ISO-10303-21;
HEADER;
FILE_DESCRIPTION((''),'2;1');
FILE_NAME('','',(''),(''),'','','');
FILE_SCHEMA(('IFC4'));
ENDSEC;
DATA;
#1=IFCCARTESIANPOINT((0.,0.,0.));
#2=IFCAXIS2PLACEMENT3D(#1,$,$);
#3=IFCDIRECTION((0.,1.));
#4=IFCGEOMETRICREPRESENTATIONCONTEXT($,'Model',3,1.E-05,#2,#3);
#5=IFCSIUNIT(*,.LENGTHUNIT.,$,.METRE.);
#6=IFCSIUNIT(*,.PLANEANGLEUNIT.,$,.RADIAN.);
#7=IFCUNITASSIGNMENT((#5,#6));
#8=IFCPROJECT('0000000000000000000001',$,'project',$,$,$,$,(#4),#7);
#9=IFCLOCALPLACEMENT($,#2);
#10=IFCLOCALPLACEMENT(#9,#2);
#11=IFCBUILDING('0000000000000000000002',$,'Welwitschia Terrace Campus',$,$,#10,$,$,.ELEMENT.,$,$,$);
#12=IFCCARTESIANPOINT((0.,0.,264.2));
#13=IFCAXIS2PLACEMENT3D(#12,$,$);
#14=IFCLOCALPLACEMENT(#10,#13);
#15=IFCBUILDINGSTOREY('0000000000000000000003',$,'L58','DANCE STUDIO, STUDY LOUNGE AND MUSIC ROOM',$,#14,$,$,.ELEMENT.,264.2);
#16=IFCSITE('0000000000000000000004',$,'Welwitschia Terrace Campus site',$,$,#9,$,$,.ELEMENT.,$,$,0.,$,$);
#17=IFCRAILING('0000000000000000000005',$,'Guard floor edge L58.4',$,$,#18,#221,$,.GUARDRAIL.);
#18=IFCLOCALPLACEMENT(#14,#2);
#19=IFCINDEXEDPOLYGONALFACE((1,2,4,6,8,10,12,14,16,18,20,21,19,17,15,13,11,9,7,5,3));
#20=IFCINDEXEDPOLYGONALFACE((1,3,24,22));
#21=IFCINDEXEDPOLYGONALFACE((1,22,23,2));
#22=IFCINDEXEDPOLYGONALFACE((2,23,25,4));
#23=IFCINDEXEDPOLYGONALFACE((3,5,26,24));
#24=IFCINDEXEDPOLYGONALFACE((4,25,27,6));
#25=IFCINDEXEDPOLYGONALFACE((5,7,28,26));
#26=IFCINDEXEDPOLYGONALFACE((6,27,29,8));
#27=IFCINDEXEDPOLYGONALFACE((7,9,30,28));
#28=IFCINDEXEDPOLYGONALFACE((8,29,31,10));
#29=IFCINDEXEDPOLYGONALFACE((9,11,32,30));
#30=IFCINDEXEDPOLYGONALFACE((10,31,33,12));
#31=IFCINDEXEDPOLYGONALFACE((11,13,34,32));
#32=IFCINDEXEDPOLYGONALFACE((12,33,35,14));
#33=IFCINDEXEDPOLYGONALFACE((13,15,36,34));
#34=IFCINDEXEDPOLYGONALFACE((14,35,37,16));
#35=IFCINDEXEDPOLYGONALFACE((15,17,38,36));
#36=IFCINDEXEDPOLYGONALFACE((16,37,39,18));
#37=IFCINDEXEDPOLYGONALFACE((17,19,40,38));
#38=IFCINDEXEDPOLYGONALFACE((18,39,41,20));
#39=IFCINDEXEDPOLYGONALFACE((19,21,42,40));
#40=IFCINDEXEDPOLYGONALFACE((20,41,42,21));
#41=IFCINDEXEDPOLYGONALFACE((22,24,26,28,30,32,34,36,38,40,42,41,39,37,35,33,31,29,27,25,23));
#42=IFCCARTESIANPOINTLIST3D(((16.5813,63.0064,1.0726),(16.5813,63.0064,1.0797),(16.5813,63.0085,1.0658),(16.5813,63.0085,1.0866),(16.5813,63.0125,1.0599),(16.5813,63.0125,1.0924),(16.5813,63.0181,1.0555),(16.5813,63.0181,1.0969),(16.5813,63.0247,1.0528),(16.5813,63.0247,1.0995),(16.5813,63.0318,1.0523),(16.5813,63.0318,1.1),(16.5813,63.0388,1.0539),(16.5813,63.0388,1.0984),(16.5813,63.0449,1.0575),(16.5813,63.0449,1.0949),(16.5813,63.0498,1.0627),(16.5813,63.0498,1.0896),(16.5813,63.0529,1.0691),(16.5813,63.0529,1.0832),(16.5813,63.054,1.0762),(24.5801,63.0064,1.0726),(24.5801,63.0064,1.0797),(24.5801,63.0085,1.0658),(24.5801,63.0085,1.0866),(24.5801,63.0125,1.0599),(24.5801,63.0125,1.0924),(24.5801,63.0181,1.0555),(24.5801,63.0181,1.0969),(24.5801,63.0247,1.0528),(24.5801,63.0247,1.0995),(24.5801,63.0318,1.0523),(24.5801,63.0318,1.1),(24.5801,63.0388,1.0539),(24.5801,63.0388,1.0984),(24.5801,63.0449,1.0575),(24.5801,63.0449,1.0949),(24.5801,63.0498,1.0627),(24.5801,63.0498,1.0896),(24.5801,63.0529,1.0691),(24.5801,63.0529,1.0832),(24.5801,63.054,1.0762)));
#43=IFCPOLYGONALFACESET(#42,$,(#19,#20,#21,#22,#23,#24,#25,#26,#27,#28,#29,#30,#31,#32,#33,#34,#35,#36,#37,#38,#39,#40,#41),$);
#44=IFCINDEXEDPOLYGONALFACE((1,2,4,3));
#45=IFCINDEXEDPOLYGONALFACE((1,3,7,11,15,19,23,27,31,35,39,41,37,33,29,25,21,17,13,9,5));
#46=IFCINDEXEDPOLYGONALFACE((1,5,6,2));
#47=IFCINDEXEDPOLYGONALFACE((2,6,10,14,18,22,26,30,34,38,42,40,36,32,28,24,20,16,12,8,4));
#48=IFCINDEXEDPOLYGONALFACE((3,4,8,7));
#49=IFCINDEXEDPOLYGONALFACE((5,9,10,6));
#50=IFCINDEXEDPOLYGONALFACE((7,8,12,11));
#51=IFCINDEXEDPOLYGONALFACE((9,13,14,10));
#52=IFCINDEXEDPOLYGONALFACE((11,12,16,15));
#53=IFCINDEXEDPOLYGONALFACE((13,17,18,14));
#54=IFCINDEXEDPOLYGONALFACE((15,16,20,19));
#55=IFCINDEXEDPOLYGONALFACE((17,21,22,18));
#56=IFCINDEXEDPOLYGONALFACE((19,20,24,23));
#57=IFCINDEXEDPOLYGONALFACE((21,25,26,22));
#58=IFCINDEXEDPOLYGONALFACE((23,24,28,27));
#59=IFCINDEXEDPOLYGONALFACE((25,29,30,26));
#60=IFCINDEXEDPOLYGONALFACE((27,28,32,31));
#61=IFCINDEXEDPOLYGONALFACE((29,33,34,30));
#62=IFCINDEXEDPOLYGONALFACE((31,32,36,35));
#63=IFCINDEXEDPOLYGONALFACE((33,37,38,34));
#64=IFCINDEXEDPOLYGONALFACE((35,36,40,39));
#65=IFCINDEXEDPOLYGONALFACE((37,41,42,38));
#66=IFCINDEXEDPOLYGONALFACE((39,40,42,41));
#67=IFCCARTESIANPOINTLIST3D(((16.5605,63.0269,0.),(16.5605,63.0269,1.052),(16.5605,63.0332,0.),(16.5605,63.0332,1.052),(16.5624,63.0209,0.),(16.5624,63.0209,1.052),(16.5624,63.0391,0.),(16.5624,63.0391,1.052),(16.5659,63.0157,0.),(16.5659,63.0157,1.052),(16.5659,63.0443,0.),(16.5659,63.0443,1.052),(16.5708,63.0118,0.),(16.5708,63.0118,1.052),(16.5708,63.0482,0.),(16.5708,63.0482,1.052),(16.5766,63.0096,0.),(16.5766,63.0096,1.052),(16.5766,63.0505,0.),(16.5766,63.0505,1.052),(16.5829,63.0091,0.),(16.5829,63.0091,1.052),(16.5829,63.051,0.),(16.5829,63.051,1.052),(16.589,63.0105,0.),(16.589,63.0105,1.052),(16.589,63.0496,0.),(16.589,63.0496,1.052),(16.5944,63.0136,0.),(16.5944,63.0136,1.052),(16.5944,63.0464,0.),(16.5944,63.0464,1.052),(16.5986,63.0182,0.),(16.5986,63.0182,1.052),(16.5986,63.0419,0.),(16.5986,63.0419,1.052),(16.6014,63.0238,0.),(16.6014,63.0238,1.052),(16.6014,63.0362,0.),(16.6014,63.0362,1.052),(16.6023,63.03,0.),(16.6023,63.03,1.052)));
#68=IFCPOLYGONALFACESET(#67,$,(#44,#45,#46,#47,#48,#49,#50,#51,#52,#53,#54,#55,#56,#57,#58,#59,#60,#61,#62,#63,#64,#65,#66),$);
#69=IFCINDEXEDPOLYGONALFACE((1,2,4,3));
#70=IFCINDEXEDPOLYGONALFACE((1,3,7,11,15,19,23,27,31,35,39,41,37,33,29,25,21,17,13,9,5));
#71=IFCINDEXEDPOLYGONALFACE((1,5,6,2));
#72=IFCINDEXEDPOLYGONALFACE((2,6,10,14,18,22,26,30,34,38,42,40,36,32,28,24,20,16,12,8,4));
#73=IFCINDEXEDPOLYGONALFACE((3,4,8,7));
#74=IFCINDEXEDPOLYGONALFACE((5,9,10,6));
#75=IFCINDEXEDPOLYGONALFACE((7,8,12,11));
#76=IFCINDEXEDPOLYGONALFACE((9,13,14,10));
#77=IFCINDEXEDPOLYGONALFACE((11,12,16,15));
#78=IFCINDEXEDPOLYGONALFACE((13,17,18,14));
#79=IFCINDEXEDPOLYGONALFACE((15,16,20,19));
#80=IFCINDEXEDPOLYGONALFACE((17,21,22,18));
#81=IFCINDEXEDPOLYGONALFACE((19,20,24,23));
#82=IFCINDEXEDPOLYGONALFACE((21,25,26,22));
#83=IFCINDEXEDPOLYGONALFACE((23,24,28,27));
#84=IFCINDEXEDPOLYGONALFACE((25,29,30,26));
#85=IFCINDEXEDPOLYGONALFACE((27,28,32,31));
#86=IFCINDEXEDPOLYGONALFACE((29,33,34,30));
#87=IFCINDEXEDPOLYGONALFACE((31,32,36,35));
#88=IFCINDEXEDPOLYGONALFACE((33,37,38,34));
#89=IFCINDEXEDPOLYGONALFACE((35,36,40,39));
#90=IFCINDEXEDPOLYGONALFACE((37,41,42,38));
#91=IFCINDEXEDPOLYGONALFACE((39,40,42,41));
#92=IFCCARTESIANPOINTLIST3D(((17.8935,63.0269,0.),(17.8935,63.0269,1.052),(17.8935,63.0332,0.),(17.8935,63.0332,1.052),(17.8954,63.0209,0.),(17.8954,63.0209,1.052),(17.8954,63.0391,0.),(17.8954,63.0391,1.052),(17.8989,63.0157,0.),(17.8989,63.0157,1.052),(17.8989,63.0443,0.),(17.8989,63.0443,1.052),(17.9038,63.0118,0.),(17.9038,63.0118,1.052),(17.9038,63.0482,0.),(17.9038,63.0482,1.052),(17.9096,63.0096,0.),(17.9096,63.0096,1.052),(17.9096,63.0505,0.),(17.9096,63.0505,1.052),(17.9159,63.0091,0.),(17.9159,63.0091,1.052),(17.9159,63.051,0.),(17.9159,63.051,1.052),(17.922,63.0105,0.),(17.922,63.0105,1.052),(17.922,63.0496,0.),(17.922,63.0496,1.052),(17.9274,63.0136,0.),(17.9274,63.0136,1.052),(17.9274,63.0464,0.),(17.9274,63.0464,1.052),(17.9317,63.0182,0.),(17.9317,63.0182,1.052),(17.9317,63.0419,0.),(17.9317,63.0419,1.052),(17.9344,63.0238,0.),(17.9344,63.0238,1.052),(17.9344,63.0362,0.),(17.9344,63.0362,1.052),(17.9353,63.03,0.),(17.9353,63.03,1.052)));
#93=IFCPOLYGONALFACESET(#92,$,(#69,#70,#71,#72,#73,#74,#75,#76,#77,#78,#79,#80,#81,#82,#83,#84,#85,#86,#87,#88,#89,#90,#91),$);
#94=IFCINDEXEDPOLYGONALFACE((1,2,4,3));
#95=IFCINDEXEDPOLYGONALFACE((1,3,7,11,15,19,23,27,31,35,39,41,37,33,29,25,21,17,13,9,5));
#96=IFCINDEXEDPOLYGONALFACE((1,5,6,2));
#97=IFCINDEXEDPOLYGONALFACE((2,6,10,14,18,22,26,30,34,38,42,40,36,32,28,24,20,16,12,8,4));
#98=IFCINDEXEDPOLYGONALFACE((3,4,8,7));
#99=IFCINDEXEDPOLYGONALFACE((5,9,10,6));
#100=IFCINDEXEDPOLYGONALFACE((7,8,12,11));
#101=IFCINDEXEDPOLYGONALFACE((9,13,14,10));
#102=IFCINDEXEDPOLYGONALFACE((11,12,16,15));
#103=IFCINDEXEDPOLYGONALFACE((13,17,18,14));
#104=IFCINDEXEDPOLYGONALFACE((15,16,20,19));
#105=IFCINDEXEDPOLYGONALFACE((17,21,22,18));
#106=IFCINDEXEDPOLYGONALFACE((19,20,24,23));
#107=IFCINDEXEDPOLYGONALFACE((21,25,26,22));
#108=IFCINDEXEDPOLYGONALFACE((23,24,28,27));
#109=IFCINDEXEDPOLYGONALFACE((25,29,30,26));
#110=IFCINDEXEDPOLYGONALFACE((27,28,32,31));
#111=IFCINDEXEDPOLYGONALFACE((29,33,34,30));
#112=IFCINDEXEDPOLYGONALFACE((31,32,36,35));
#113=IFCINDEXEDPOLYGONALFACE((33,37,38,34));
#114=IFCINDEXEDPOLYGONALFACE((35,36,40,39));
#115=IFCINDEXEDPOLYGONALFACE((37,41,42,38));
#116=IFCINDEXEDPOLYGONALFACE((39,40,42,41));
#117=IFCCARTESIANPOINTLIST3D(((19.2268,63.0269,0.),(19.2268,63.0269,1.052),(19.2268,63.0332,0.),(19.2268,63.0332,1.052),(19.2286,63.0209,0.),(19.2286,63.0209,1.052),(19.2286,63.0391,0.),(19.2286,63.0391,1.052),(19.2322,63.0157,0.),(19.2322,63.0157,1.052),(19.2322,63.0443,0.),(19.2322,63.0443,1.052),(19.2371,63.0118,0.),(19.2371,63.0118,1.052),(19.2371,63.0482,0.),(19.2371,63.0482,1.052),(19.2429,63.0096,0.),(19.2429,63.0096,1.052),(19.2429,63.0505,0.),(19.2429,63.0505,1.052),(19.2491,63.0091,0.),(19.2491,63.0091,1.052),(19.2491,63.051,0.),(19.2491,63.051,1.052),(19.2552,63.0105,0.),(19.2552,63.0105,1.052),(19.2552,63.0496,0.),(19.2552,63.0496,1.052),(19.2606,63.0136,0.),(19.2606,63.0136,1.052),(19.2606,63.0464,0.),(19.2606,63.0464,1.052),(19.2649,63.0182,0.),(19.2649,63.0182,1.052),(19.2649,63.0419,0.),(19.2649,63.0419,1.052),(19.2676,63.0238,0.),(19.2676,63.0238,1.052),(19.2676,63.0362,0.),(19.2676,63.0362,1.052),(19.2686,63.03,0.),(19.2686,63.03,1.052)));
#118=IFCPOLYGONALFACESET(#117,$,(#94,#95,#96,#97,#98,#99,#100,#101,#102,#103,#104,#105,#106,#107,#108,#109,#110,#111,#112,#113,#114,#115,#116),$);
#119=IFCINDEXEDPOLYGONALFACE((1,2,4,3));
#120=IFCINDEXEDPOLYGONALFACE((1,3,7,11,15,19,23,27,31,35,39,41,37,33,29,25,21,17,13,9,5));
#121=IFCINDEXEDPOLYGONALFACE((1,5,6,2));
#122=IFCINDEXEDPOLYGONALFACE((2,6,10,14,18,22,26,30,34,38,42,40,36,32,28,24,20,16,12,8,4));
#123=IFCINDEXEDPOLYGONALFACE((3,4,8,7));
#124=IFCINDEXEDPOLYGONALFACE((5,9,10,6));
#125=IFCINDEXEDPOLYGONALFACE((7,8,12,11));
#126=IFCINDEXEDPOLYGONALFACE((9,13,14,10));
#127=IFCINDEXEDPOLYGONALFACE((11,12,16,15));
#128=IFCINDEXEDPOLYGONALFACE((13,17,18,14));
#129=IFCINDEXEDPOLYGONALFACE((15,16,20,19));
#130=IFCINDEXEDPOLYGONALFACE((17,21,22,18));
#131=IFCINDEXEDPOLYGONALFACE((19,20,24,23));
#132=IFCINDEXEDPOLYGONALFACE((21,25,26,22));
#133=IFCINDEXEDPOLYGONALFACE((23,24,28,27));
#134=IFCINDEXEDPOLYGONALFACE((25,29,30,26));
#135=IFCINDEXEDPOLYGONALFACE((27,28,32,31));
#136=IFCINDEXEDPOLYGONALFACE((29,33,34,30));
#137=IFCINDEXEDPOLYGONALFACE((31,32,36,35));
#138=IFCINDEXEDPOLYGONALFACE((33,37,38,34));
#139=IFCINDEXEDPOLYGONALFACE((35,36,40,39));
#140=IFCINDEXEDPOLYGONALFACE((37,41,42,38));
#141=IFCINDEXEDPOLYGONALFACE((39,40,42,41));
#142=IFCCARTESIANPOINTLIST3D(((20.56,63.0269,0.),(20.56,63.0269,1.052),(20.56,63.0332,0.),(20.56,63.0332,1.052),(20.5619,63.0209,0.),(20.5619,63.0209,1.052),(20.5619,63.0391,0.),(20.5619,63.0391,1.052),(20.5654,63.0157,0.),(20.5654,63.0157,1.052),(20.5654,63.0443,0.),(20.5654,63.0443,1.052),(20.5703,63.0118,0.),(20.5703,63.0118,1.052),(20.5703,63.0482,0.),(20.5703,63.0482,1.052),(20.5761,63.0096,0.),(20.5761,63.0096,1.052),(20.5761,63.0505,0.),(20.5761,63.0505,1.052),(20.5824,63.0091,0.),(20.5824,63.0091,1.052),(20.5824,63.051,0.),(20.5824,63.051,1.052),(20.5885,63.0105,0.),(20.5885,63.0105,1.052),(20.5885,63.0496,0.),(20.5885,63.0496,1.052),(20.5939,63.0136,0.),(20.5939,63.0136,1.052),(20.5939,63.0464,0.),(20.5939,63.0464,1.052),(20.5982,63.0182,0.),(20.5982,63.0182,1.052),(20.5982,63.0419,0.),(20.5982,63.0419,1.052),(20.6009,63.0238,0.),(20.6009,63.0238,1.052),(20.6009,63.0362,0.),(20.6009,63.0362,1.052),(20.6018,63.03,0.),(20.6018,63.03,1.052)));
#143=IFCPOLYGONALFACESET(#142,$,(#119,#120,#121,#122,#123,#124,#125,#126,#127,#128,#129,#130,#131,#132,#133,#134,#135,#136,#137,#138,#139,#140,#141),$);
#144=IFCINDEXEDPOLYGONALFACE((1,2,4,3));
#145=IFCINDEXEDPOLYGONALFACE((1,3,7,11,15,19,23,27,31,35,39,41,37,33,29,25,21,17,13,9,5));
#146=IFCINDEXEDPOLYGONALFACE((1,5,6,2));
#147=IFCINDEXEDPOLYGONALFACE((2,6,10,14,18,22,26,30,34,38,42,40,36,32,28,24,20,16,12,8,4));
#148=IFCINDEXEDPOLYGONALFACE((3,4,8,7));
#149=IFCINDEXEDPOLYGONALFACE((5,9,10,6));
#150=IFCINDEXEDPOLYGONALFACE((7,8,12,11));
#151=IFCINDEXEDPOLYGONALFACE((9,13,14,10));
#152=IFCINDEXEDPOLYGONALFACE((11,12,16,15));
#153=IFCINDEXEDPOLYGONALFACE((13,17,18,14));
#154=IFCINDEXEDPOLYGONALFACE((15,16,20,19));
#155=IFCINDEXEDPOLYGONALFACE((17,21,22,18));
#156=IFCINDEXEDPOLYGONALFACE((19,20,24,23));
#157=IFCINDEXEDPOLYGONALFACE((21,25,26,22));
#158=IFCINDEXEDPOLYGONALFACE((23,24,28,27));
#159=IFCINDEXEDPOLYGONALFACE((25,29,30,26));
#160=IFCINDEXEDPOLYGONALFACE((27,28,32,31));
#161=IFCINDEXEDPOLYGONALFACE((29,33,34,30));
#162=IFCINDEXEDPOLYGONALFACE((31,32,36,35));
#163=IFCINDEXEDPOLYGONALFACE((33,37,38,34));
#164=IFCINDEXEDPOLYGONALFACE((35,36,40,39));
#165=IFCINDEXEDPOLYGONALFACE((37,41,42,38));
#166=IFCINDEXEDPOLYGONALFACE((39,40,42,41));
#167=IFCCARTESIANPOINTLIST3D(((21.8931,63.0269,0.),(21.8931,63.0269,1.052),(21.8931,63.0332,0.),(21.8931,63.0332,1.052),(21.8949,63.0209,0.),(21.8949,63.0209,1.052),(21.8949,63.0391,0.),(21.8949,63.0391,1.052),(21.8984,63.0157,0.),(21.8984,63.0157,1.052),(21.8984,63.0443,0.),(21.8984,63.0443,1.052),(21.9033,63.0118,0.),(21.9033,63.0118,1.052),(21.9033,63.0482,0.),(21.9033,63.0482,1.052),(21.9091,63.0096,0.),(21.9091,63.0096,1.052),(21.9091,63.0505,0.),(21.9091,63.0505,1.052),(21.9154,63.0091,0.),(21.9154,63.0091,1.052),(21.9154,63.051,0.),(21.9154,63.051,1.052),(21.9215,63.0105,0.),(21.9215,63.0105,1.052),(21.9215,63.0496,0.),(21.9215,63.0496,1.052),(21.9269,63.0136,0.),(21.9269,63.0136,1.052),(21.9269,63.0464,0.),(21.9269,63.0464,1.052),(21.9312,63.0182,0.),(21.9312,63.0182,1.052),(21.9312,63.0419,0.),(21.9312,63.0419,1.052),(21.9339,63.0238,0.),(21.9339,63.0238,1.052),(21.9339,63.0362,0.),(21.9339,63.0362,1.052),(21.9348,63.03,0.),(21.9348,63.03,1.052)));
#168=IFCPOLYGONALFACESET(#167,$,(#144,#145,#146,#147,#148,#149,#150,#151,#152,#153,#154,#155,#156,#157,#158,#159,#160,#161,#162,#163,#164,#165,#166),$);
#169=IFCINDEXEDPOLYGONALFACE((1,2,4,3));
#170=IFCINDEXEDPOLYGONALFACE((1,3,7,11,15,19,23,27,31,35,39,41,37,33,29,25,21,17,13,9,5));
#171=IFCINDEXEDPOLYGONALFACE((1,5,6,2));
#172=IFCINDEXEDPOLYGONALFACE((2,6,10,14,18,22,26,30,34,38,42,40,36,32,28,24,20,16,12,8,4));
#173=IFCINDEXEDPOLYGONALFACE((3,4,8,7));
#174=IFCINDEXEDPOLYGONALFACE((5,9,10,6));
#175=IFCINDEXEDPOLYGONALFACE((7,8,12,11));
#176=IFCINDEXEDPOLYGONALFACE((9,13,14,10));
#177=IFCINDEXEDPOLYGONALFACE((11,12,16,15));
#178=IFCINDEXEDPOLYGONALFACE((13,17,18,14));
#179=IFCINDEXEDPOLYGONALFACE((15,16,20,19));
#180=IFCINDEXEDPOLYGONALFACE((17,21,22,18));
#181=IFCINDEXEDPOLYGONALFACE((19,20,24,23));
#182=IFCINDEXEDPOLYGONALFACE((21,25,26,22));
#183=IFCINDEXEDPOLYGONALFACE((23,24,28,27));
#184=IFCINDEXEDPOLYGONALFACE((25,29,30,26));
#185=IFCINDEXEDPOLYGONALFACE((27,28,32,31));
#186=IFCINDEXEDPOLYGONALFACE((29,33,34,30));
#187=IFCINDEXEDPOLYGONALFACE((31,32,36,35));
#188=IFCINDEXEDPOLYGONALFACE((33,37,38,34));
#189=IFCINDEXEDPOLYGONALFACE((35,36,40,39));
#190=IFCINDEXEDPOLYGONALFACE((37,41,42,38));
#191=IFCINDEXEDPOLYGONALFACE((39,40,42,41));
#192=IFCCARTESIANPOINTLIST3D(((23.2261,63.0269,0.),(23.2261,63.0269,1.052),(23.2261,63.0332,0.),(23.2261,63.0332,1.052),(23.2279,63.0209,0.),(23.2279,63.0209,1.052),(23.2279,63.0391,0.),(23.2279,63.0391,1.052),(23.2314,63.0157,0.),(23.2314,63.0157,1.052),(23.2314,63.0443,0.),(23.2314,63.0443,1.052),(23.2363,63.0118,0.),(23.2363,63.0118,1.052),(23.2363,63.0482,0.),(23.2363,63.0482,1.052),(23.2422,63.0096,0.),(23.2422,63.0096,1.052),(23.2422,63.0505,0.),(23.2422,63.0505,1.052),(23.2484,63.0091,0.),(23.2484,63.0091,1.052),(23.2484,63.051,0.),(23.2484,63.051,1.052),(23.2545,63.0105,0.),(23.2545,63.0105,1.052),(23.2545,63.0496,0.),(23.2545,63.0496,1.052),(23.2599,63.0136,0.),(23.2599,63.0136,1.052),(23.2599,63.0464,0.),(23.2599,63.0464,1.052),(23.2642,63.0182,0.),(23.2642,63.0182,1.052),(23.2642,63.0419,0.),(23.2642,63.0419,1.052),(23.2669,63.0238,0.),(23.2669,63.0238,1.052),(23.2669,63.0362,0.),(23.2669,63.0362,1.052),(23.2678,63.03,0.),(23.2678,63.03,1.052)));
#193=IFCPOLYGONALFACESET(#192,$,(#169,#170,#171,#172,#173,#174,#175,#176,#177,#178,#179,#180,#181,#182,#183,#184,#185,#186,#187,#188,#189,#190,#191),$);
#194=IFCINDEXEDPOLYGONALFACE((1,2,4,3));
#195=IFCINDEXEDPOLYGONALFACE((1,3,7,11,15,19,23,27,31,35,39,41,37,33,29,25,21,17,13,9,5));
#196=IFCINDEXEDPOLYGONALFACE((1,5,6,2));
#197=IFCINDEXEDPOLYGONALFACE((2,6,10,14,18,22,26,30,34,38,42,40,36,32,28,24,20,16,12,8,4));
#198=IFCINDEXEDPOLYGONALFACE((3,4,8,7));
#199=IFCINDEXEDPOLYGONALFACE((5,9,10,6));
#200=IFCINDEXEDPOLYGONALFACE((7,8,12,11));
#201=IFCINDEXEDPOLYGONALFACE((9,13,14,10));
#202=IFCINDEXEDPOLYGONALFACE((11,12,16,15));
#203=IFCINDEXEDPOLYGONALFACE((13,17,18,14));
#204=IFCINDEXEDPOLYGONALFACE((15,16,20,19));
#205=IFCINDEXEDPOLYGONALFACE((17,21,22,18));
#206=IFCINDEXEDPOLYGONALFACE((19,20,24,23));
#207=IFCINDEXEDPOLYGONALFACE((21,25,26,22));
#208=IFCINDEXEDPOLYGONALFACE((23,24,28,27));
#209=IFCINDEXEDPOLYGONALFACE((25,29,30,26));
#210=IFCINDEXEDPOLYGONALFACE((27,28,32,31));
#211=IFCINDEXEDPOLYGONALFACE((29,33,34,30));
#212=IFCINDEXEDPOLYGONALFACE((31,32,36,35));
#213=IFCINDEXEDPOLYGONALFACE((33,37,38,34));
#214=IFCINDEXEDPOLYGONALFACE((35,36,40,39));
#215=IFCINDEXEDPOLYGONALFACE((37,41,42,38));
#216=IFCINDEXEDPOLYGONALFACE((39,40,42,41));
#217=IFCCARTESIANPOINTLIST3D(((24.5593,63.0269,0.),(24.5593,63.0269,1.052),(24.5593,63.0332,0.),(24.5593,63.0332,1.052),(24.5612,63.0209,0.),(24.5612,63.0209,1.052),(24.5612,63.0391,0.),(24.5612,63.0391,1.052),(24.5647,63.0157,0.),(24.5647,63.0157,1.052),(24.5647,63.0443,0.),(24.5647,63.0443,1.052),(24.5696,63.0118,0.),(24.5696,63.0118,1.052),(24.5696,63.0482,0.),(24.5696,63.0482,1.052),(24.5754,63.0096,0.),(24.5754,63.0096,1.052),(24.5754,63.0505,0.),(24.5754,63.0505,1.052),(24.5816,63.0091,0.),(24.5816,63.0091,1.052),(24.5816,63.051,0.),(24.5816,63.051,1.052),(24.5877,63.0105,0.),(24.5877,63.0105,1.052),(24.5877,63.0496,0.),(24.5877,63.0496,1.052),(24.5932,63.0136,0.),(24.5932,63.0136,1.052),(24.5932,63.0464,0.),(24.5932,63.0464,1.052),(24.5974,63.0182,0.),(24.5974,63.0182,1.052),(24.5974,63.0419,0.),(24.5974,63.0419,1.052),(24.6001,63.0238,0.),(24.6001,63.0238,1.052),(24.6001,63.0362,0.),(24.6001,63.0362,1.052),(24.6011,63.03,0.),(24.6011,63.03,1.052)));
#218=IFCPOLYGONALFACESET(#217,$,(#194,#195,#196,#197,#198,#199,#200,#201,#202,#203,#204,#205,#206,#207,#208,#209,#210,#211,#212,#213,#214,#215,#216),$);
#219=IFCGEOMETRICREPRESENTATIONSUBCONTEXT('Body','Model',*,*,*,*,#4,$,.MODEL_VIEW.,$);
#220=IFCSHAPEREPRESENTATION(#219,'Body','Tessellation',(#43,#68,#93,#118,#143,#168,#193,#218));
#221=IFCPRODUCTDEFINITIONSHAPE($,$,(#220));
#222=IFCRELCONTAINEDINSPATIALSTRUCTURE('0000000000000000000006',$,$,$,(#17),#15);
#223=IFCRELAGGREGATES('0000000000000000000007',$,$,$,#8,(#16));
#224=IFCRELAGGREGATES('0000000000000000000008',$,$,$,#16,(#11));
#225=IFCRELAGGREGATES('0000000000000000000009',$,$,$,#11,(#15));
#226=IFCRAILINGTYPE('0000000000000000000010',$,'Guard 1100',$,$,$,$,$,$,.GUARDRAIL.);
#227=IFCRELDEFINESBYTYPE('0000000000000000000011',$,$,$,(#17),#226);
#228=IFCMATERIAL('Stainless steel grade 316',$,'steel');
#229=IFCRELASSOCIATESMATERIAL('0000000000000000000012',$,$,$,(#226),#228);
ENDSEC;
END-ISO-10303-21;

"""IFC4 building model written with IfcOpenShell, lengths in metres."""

from ifc_helpers import new_model, si_unit, direction, frame, origin, origin_2d, place, context, subcontext, project, spatial, circle, extrude, material, type_object, element, save


model = new_model("IFC4")

# Units and contexts
model_context = context("Model", 3, precision=1e-05, world=origin(), true_north=direction((0.0, 1.0)))
body_context = subcontext(model_context, "Body", "Model", "MODEL_VIEW")
ifc_project = project(units=[si_unit("LENGTHUNIT", "METRE"), si_unit("PLANEANGLEUNIT", "RADIAN")], contexts=[model_context])

# Site, building, storey
site_placement = place(None, origin())
site = spatial("IfcSite", under=ifc_project, at=site_placement, Name="Welwitschia Terrace Campus site", CompositionType="ELEMENT", RefElevation=0.0)
building_placement = place(site_placement, origin())
building = spatial("IfcBuilding", under=site, at=building_placement, Name="Welwitschia Terrace Campus", CompositionType="ELEMENT")
storey_placement = place(building_placement, frame((0.0, 0.0, 264.2)))
storey = spatial("IfcBuildingStorey", under=building, at=storey_placement, Name="L58", Description="DANCE STUDIO, STUDY LOUNGE AND MUSIC ROOM", CompositionType="ELEMENT", Elevation=264.2)

# Railing
ifc_material_1 = material(Name="Stainless steel grade 316", Category="steel")
railing_type = type_object("IfcRailingType", Name="Guard 1100", PredefinedType="GUARDRAIL", material=ifc_material_1)
railing_placement = place(storey_placement, frame((16.5813, 63.03, 0.0)))
element("IfcRailing", 1, at=railing_placement, inside=storey, type_object=railing_type, Name="Guard floor edge L58.4", PredefinedType="GUARDRAIL", context=body_context, shape_type="SweptSolid", body=[
    extrude(circle(Radius=0.0239, at=origin_2d()), frame((0.0, 0.0, 1.0762), z_axis=(1.0, 0.0, 0.0), x_axis=(0.0, 1.0, 0.0)), (0.0, 0.0, 1.0), 7.9988),
    extrude(circle(Radius=0.021, at=origin_2d()), origin(), (0.0, 0.0, 1.0), 1.052),
    extrude(circle(Radius=0.021, at=origin_2d()), frame((1.333, 0.0, 0.0)), (0.0, 0.0, 1.0), 1.052),
    extrude(circle(Radius=0.021, at=origin_2d()), frame((2.6663, 0.0, 0.0)), (0.0, 0.0, 1.0), 1.052),
    extrude(circle(Radius=0.021, at=origin_2d()), frame((3.9995, 0.0, 0.0)), (0.0, 0.0, 1.0), 1.052),
    extrude(circle(Radius=0.021, at=origin_2d()), frame((5.3325, 0.0, 0.0)), (0.0, 0.0, 1.0), 1.052),
    extrude(circle(Radius=0.021, at=origin_2d()), frame((6.6655, 0.0, 0.0)), (0.0, 0.0, 1.0), 1.052),
    extrude(circle(Radius=0.021, at=origin_2d()), frame((7.9988, 0.0, 0.0)), (0.0, 0.0, 1.0), 1.052),
])

save(model, "model.ifc")
